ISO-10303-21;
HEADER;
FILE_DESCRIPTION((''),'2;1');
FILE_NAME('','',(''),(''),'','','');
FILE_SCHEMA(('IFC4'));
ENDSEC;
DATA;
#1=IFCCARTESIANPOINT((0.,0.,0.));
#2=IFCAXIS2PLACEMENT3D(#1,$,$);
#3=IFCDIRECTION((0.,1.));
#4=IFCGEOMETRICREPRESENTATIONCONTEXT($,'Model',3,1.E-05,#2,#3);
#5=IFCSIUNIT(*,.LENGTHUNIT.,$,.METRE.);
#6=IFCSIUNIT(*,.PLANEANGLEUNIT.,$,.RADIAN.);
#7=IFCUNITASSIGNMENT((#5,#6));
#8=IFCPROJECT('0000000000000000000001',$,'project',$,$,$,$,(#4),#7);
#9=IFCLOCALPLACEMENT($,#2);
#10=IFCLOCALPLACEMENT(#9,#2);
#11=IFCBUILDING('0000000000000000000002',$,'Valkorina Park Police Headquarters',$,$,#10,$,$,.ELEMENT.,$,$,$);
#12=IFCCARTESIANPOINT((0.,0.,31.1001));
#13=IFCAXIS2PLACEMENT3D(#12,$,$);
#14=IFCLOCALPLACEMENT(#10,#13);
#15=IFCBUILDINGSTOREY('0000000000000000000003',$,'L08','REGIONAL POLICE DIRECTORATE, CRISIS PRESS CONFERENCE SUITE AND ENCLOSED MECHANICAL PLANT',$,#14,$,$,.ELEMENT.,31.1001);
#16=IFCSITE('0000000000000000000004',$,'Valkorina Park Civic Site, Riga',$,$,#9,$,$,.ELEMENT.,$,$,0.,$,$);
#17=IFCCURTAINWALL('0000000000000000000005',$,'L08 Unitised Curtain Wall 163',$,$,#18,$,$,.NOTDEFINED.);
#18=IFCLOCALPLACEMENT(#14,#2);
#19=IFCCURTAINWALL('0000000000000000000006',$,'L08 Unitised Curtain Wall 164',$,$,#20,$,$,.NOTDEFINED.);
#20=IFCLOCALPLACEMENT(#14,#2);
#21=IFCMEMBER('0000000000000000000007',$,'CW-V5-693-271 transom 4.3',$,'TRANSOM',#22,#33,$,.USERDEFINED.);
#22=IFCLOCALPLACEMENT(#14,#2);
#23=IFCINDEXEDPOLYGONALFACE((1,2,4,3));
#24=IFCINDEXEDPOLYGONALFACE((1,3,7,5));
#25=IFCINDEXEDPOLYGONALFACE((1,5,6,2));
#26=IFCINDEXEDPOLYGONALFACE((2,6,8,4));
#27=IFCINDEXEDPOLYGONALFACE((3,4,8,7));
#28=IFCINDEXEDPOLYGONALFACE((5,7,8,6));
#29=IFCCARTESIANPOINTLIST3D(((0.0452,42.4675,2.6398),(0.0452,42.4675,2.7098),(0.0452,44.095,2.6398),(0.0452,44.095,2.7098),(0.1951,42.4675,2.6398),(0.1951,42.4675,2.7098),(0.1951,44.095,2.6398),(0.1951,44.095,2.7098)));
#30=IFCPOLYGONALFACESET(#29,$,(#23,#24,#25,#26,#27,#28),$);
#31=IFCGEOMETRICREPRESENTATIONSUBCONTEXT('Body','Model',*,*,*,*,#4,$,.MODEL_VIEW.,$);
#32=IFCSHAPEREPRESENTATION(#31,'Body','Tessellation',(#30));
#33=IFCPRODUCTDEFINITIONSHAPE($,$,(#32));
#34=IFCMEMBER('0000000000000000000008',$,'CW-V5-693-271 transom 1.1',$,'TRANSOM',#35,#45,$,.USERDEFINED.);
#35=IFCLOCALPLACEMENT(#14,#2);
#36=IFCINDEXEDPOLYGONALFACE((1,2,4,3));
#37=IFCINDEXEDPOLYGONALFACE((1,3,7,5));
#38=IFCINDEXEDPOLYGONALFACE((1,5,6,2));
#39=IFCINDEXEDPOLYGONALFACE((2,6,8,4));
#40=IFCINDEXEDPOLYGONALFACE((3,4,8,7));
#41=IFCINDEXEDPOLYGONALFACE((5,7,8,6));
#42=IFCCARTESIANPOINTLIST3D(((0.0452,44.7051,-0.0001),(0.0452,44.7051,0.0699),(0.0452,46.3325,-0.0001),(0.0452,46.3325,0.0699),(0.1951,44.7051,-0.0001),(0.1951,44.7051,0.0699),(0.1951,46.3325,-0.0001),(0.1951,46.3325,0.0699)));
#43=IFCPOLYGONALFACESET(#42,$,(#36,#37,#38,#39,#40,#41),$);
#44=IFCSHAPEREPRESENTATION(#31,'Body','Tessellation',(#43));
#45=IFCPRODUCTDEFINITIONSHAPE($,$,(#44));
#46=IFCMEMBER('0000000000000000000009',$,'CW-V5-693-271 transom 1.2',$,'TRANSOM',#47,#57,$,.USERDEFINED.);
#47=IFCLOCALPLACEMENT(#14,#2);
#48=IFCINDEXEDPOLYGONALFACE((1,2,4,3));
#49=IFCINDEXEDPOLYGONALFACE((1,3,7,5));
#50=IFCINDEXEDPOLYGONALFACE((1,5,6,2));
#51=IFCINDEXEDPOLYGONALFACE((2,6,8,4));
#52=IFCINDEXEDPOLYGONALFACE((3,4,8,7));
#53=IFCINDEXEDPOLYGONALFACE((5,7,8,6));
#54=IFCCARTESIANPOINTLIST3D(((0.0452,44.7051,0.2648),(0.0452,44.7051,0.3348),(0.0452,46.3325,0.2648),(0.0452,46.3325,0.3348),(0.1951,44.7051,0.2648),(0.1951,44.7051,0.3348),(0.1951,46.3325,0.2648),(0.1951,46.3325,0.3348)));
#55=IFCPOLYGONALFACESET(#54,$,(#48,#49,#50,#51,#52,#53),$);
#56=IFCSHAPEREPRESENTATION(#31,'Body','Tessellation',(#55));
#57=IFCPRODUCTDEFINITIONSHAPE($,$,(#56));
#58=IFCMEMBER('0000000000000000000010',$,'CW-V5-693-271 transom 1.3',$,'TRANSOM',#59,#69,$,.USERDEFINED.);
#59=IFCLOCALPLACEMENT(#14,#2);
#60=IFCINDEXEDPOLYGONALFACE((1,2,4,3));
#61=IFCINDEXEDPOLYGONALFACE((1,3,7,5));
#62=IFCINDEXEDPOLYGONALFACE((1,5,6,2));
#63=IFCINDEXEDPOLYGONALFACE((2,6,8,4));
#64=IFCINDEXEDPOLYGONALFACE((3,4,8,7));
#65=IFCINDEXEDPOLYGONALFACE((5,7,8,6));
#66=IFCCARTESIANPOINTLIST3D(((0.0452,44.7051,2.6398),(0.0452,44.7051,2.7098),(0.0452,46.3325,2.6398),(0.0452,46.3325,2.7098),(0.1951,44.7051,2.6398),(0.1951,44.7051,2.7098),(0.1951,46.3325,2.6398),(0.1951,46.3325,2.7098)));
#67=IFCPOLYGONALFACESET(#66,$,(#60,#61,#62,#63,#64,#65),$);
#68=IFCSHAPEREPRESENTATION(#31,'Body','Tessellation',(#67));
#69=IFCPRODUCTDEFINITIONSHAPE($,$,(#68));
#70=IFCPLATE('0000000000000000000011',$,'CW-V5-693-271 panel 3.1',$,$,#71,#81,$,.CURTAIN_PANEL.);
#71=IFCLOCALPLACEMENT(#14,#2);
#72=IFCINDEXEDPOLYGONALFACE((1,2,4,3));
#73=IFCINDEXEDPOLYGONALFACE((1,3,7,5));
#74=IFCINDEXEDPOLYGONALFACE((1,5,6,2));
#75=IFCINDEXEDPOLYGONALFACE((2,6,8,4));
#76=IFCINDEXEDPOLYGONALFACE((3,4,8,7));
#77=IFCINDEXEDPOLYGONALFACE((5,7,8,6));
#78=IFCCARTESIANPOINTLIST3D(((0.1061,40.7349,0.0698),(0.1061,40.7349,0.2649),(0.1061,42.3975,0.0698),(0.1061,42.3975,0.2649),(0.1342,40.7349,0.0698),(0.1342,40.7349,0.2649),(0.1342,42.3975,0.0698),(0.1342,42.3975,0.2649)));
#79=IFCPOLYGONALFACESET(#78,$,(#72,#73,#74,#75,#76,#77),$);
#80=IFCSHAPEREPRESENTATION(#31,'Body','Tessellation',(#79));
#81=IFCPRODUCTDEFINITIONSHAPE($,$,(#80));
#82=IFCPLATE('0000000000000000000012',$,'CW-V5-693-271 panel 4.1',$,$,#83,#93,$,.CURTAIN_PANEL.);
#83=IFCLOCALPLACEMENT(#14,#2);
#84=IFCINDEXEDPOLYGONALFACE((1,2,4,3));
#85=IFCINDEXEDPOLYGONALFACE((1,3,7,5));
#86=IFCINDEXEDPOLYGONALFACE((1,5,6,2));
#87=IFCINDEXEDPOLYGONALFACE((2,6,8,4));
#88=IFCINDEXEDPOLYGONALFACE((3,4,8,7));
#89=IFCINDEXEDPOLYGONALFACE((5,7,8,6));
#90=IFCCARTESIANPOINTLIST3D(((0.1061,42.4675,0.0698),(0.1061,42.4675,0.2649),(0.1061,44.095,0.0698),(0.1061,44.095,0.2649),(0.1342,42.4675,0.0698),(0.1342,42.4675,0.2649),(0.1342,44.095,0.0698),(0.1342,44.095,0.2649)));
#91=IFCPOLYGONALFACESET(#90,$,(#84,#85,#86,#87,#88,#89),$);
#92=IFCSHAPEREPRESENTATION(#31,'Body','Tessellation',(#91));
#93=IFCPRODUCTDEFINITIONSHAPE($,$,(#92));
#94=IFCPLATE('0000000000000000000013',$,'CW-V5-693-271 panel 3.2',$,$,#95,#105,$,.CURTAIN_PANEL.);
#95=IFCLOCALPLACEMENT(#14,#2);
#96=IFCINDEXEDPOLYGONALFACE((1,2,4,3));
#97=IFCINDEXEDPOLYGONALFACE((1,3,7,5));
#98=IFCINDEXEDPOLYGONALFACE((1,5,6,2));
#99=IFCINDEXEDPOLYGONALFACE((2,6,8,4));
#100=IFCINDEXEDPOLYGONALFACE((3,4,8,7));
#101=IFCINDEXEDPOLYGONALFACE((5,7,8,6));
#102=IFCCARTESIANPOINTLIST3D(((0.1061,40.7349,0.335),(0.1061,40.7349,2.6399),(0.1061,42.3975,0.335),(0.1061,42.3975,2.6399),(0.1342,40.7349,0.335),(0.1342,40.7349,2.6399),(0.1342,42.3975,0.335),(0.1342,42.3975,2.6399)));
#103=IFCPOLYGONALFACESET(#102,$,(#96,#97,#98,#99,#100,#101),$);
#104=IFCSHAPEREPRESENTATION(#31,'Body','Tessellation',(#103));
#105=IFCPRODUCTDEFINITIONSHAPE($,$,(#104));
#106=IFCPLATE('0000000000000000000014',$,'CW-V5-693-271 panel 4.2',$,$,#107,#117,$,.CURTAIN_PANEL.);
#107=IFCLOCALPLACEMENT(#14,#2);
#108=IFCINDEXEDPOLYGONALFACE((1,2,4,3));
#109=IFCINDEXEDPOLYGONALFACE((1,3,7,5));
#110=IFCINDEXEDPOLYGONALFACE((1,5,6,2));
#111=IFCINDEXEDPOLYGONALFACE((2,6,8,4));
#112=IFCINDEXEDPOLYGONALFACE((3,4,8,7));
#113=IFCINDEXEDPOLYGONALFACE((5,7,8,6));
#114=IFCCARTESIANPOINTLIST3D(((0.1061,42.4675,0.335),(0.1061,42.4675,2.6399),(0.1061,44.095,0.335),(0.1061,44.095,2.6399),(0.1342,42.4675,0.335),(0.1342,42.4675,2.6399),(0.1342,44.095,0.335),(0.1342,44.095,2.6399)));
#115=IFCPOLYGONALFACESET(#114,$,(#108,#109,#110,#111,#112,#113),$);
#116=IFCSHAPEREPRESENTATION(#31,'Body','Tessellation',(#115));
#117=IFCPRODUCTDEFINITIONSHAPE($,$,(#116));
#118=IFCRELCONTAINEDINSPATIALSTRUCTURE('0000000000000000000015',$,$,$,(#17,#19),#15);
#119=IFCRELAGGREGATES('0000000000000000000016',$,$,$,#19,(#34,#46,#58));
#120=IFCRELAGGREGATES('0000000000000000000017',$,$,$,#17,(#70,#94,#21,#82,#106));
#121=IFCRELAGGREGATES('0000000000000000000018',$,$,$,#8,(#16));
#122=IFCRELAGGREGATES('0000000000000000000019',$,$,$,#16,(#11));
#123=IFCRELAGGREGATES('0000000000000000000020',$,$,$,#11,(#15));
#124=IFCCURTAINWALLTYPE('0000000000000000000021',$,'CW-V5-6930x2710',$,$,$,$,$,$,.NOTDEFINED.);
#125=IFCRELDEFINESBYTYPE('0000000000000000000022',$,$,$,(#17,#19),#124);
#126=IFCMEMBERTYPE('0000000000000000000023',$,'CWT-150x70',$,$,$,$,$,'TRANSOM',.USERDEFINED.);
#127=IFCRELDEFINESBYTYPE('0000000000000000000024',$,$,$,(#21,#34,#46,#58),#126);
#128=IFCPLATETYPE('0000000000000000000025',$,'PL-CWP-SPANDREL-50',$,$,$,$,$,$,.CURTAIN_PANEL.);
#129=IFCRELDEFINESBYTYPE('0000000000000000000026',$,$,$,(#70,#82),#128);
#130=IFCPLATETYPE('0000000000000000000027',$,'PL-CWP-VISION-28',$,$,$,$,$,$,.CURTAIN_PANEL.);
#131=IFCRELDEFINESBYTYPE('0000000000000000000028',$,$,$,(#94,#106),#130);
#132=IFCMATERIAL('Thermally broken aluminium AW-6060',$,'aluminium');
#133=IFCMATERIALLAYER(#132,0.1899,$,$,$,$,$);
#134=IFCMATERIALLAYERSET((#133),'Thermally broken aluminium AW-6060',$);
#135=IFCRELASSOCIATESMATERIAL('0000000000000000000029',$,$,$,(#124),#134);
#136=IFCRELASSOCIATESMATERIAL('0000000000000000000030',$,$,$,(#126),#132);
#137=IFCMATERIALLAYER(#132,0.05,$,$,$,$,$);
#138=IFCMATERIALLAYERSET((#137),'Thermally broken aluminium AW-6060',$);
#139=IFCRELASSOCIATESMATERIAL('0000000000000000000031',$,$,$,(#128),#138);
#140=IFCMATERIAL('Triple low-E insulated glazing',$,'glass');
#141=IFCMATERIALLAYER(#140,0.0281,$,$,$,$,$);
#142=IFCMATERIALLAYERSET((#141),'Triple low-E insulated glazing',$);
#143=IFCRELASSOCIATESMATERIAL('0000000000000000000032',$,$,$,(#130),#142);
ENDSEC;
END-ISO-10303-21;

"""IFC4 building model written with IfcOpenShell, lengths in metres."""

from ifc_helpers import new_model, si_unit, direction, frame, origin, origin_2d, place, context, subcontext, project, spatial, rectangle, extrude, material, layer, layer_set, material_profile, profile_set, type_object, element, aggregate, save


model = new_model("IFC4")

# Units and contexts
model_context = context("Model", 3, precision=1e-05, world=origin(), true_north=direction((0.0, 1.0)))
body_context = subcontext(model_context, "Body", "Model", "MODEL_VIEW")
ifc_project = project(units=[si_unit("LENGTHUNIT", "METRE"), si_unit("PLANEANGLEUNIT", "RADIAN")], contexts=[model_context])

# Site, building, storey
site_placement = place(None, origin())
site = spatial("IfcSite", under=ifc_project, at=site_placement, Name="Valkorina Park Civic Site, Riga", CompositionType="ELEMENT", RefElevation=0.0)
building_placement = place(site_placement, origin())
building = spatial("IfcBuilding", under=site, at=building_placement, Name="Valkorina Park Police Headquarters", CompositionType="ELEMENT")
storey_placement = place(building_placement, frame((0.0, 0.0, 31.1001)))
storey = spatial("IfcBuildingStorey", under=building, at=storey_placement, Name="L08", Description="REGIONAL POLICE DIRECTORATE, CRISIS PRESS CONFERENCE SUITE AND ENCLOSED MECHANICAL PLANT", CompositionType="ELEMENT", Elevation=31.1001)

# Curtain wall
ifc_material_1 = material(Name="Thermally broken aluminium AW-6060", Category="aluminium")
ifc_layer_1 = layer(ifc_material_1, 0.1899)
ifc_layer_set_1 = layer_set([ifc_layer_1], Name="Thermally broken aluminium AW-6060")
curtain_wall_type = type_object("IfcCurtainWallType", Name="CW-V5-6930x2710", PredefinedType="NOTDEFINED", material=ifc_layer_set_1)
curtain_wall_1_placement = place(storey_placement, origin())
curtain_wall_1 = element("IfcCurtainWall", 1, at=curtain_wall_1_placement, inside=storey, type_object=curtain_wall_type, Name="L08 Unitised Curtain Wall 163", PredefinedType="NOTDEFINED")

# Curtain wall
curtain_wall_2_placement = place(storey_placement, origin())
curtain_wall_2 = element("IfcCurtainWall", 2, at=curtain_wall_2_placement, inside=storey, type_object=curtain_wall_type, Name="L08 Unitised Curtain Wall 164", PredefinedType="NOTDEFINED")

# Members
ifc_material_profile_1 = material_profile(ifc_material_1, rectangle(XDim=0.1499, YDim=0.0701, at=origin_2d()), Name="CWT-02 150x70")
ifc_profile_set_1 = profile_set([ifc_material_profile_1], Name="Thermally broken aluminium AW-6060")
member_type_1 = type_object("IfcMemberType", Name="CWT-150x70", ElementType="TRANSOM", PredefinedType="USERDEFINED", material=ifc_profile_set_1)
member_1_placement = place(storey_placement, frame((0.1201, 42.4675, 2.6748), z_axis=(0.0, 1.0, 0.0), x_axis=(-1.0, 0.0, 0.0)))
member_1 = element("IfcMember", 3, at=member_1_placement, type_object=member_type_1, Name="CW-V5-693-271 transom 4.3", ObjectType="TRANSOM", PredefinedType="USERDEFINED", context=body_context, shape_type="SweptSolid", body=[
    extrude(rectangle(XDim=0.1499, YDim=0.0701, at=origin_2d()), origin(), (0.0, 0.0, 1.0), 1.6274),
])
member_2_placement = place(storey_placement, frame((0.1201, 44.7051, 0.0349), z_axis=(0.0, 1.0, 0.0), x_axis=(-1.0, 0.0, 0.0)))
member_2 = element("IfcMember", 4, at=member_2_placement, type_object=member_type_1, Name="CW-V5-693-271 transom 1.1", ObjectType="TRANSOM", PredefinedType="USERDEFINED", context=body_context, shape_type="SweptSolid", body=[
    extrude(rectangle(XDim=0.1499, YDim=0.0701, at=origin_2d()), origin(), (0.0, 0.0, 1.0), 1.6274),
])
member_3_placement = place(storey_placement, frame((0.1201, 44.7051, 0.2998), z_axis=(0.0, 1.0, 0.0), x_axis=(-1.0, 0.0, 0.0)))
member_3 = element("IfcMember", 5, at=member_3_placement, type_object=member_type_1, Name="CW-V5-693-271 transom 1.2", ObjectType="TRANSOM", PredefinedType="USERDEFINED", context=body_context, shape_type="SweptSolid", body=[
    extrude(rectangle(XDim=0.1499, YDim=0.0701, at=origin_2d()), origin(), (0.0, 0.0, 1.0), 1.6274),
])
member_4_placement = place(storey_placement, frame((0.1201, 44.7051, 2.6748), z_axis=(0.0, 1.0, 0.0), x_axis=(-1.0, 0.0, 0.0)))
member_4 = element("IfcMember", 6, at=member_4_placement, type_object=member_type_1, Name="CW-V5-693-271 transom 1.3", ObjectType="TRANSOM", PredefinedType="USERDEFINED", context=body_context, shape_type="SweptSolid", body=[
    extrude(rectangle(XDim=0.1499, YDim=0.0701, at=origin_2d()), origin(), (0.0, 0.0, 1.0), 1.6274),
])
aggregate(curtain_wall_2, [member_2, member_3, member_4])

# Plates
ifc_layer_2 = layer(ifc_material_1, 0.05)
ifc_layer_set_2 = layer_set([ifc_layer_2], Name="Thermally broken aluminium AW-6060")
plate_type_1 = type_object("IfcPlateType", Name="PL-CWP-SPANDREL-50", PredefinedType="CURTAIN_PANEL", material=ifc_layer_set_2)
plate_1_placement = place(storey_placement, frame((0.1201, 41.5662, 0.0698), z_axis=(0.0, 0.0, 1.0), x_axis=(0.0, 1.0, 0.0)))
plate_1 = element("IfcPlate", 7, at=plate_1_placement, type_object=plate_type_1, Name="CW-V5-693-271 panel 3.1", PredefinedType="CURTAIN_PANEL", context=body_context, shape_type="SweptSolid", body=[
    extrude(rectangle(XDim=1.6626, YDim=0.0281, at=origin_2d()), origin(), (0.0, 0.0, 1.0), 0.1951),
])
plate_2_placement = place(storey_placement, frame((0.1201, 43.2812, 0.0698), z_axis=(0.0, 0.0, 1.0), x_axis=(0.0, 1.0, 0.0)))
plate_2 = element("IfcPlate", 8, at=plate_2_placement, type_object=plate_type_1, Name="CW-V5-693-271 panel 4.1", PredefinedType="CURTAIN_PANEL", context=body_context, shape_type="SweptSolid", body=[
    extrude(rectangle(XDim=1.6274, YDim=0.0281, at=origin_2d()), origin(), (0.0, 0.0, 1.0), 0.1951),
])
ifc_material_2 = material(Name="Triple low-E insulated glazing", Category="glass")
ifc_layer_3 = layer(ifc_material_2, 0.0281)
ifc_layer_set_3 = layer_set([ifc_layer_3], Name="Triple low-E insulated glazing")
plate_type_2 = type_object("IfcPlateType", Name="PL-CWP-VISION-28", PredefinedType="CURTAIN_PANEL", material=ifc_layer_set_3)
plate_3_placement = place(storey_placement, frame((0.1201, 41.5662, 0.335), z_axis=(0.0, 0.0, 1.0), x_axis=(0.0, 1.0, 0.0)))
plate_3 = element("IfcPlate", 9, at=plate_3_placement, type_object=plate_type_2, Name="CW-V5-693-271 panel 3.2", PredefinedType="CURTAIN_PANEL", context=body_context, shape_type="SweptSolid", body=[
    extrude(rectangle(XDim=1.6626, YDim=0.0281, at=origin_2d()), origin(), (0.0, 0.0, 1.0), 2.3049),
])
plate_4_placement = place(storey_placement, frame((0.1201, 43.2812, 0.335), z_axis=(0.0, 0.0, 1.0), x_axis=(0.0, 1.0, 0.0)))
plate_4 = element("IfcPlate", 10, at=plate_4_placement, type_object=plate_type_2, Name="CW-V5-693-271 panel 4.2", PredefinedType="CURTAIN_PANEL", context=body_context, shape_type="SweptSolid", body=[
    extrude(rectangle(XDim=1.6274, YDim=0.0281, at=origin_2d()), origin(), (0.0, 0.0, 1.0), 2.3049),
])
aggregate(curtain_wall_1, [plate_1, plate_3, member_1, plate_2, plate_4])

save(model, "model.ifc")
